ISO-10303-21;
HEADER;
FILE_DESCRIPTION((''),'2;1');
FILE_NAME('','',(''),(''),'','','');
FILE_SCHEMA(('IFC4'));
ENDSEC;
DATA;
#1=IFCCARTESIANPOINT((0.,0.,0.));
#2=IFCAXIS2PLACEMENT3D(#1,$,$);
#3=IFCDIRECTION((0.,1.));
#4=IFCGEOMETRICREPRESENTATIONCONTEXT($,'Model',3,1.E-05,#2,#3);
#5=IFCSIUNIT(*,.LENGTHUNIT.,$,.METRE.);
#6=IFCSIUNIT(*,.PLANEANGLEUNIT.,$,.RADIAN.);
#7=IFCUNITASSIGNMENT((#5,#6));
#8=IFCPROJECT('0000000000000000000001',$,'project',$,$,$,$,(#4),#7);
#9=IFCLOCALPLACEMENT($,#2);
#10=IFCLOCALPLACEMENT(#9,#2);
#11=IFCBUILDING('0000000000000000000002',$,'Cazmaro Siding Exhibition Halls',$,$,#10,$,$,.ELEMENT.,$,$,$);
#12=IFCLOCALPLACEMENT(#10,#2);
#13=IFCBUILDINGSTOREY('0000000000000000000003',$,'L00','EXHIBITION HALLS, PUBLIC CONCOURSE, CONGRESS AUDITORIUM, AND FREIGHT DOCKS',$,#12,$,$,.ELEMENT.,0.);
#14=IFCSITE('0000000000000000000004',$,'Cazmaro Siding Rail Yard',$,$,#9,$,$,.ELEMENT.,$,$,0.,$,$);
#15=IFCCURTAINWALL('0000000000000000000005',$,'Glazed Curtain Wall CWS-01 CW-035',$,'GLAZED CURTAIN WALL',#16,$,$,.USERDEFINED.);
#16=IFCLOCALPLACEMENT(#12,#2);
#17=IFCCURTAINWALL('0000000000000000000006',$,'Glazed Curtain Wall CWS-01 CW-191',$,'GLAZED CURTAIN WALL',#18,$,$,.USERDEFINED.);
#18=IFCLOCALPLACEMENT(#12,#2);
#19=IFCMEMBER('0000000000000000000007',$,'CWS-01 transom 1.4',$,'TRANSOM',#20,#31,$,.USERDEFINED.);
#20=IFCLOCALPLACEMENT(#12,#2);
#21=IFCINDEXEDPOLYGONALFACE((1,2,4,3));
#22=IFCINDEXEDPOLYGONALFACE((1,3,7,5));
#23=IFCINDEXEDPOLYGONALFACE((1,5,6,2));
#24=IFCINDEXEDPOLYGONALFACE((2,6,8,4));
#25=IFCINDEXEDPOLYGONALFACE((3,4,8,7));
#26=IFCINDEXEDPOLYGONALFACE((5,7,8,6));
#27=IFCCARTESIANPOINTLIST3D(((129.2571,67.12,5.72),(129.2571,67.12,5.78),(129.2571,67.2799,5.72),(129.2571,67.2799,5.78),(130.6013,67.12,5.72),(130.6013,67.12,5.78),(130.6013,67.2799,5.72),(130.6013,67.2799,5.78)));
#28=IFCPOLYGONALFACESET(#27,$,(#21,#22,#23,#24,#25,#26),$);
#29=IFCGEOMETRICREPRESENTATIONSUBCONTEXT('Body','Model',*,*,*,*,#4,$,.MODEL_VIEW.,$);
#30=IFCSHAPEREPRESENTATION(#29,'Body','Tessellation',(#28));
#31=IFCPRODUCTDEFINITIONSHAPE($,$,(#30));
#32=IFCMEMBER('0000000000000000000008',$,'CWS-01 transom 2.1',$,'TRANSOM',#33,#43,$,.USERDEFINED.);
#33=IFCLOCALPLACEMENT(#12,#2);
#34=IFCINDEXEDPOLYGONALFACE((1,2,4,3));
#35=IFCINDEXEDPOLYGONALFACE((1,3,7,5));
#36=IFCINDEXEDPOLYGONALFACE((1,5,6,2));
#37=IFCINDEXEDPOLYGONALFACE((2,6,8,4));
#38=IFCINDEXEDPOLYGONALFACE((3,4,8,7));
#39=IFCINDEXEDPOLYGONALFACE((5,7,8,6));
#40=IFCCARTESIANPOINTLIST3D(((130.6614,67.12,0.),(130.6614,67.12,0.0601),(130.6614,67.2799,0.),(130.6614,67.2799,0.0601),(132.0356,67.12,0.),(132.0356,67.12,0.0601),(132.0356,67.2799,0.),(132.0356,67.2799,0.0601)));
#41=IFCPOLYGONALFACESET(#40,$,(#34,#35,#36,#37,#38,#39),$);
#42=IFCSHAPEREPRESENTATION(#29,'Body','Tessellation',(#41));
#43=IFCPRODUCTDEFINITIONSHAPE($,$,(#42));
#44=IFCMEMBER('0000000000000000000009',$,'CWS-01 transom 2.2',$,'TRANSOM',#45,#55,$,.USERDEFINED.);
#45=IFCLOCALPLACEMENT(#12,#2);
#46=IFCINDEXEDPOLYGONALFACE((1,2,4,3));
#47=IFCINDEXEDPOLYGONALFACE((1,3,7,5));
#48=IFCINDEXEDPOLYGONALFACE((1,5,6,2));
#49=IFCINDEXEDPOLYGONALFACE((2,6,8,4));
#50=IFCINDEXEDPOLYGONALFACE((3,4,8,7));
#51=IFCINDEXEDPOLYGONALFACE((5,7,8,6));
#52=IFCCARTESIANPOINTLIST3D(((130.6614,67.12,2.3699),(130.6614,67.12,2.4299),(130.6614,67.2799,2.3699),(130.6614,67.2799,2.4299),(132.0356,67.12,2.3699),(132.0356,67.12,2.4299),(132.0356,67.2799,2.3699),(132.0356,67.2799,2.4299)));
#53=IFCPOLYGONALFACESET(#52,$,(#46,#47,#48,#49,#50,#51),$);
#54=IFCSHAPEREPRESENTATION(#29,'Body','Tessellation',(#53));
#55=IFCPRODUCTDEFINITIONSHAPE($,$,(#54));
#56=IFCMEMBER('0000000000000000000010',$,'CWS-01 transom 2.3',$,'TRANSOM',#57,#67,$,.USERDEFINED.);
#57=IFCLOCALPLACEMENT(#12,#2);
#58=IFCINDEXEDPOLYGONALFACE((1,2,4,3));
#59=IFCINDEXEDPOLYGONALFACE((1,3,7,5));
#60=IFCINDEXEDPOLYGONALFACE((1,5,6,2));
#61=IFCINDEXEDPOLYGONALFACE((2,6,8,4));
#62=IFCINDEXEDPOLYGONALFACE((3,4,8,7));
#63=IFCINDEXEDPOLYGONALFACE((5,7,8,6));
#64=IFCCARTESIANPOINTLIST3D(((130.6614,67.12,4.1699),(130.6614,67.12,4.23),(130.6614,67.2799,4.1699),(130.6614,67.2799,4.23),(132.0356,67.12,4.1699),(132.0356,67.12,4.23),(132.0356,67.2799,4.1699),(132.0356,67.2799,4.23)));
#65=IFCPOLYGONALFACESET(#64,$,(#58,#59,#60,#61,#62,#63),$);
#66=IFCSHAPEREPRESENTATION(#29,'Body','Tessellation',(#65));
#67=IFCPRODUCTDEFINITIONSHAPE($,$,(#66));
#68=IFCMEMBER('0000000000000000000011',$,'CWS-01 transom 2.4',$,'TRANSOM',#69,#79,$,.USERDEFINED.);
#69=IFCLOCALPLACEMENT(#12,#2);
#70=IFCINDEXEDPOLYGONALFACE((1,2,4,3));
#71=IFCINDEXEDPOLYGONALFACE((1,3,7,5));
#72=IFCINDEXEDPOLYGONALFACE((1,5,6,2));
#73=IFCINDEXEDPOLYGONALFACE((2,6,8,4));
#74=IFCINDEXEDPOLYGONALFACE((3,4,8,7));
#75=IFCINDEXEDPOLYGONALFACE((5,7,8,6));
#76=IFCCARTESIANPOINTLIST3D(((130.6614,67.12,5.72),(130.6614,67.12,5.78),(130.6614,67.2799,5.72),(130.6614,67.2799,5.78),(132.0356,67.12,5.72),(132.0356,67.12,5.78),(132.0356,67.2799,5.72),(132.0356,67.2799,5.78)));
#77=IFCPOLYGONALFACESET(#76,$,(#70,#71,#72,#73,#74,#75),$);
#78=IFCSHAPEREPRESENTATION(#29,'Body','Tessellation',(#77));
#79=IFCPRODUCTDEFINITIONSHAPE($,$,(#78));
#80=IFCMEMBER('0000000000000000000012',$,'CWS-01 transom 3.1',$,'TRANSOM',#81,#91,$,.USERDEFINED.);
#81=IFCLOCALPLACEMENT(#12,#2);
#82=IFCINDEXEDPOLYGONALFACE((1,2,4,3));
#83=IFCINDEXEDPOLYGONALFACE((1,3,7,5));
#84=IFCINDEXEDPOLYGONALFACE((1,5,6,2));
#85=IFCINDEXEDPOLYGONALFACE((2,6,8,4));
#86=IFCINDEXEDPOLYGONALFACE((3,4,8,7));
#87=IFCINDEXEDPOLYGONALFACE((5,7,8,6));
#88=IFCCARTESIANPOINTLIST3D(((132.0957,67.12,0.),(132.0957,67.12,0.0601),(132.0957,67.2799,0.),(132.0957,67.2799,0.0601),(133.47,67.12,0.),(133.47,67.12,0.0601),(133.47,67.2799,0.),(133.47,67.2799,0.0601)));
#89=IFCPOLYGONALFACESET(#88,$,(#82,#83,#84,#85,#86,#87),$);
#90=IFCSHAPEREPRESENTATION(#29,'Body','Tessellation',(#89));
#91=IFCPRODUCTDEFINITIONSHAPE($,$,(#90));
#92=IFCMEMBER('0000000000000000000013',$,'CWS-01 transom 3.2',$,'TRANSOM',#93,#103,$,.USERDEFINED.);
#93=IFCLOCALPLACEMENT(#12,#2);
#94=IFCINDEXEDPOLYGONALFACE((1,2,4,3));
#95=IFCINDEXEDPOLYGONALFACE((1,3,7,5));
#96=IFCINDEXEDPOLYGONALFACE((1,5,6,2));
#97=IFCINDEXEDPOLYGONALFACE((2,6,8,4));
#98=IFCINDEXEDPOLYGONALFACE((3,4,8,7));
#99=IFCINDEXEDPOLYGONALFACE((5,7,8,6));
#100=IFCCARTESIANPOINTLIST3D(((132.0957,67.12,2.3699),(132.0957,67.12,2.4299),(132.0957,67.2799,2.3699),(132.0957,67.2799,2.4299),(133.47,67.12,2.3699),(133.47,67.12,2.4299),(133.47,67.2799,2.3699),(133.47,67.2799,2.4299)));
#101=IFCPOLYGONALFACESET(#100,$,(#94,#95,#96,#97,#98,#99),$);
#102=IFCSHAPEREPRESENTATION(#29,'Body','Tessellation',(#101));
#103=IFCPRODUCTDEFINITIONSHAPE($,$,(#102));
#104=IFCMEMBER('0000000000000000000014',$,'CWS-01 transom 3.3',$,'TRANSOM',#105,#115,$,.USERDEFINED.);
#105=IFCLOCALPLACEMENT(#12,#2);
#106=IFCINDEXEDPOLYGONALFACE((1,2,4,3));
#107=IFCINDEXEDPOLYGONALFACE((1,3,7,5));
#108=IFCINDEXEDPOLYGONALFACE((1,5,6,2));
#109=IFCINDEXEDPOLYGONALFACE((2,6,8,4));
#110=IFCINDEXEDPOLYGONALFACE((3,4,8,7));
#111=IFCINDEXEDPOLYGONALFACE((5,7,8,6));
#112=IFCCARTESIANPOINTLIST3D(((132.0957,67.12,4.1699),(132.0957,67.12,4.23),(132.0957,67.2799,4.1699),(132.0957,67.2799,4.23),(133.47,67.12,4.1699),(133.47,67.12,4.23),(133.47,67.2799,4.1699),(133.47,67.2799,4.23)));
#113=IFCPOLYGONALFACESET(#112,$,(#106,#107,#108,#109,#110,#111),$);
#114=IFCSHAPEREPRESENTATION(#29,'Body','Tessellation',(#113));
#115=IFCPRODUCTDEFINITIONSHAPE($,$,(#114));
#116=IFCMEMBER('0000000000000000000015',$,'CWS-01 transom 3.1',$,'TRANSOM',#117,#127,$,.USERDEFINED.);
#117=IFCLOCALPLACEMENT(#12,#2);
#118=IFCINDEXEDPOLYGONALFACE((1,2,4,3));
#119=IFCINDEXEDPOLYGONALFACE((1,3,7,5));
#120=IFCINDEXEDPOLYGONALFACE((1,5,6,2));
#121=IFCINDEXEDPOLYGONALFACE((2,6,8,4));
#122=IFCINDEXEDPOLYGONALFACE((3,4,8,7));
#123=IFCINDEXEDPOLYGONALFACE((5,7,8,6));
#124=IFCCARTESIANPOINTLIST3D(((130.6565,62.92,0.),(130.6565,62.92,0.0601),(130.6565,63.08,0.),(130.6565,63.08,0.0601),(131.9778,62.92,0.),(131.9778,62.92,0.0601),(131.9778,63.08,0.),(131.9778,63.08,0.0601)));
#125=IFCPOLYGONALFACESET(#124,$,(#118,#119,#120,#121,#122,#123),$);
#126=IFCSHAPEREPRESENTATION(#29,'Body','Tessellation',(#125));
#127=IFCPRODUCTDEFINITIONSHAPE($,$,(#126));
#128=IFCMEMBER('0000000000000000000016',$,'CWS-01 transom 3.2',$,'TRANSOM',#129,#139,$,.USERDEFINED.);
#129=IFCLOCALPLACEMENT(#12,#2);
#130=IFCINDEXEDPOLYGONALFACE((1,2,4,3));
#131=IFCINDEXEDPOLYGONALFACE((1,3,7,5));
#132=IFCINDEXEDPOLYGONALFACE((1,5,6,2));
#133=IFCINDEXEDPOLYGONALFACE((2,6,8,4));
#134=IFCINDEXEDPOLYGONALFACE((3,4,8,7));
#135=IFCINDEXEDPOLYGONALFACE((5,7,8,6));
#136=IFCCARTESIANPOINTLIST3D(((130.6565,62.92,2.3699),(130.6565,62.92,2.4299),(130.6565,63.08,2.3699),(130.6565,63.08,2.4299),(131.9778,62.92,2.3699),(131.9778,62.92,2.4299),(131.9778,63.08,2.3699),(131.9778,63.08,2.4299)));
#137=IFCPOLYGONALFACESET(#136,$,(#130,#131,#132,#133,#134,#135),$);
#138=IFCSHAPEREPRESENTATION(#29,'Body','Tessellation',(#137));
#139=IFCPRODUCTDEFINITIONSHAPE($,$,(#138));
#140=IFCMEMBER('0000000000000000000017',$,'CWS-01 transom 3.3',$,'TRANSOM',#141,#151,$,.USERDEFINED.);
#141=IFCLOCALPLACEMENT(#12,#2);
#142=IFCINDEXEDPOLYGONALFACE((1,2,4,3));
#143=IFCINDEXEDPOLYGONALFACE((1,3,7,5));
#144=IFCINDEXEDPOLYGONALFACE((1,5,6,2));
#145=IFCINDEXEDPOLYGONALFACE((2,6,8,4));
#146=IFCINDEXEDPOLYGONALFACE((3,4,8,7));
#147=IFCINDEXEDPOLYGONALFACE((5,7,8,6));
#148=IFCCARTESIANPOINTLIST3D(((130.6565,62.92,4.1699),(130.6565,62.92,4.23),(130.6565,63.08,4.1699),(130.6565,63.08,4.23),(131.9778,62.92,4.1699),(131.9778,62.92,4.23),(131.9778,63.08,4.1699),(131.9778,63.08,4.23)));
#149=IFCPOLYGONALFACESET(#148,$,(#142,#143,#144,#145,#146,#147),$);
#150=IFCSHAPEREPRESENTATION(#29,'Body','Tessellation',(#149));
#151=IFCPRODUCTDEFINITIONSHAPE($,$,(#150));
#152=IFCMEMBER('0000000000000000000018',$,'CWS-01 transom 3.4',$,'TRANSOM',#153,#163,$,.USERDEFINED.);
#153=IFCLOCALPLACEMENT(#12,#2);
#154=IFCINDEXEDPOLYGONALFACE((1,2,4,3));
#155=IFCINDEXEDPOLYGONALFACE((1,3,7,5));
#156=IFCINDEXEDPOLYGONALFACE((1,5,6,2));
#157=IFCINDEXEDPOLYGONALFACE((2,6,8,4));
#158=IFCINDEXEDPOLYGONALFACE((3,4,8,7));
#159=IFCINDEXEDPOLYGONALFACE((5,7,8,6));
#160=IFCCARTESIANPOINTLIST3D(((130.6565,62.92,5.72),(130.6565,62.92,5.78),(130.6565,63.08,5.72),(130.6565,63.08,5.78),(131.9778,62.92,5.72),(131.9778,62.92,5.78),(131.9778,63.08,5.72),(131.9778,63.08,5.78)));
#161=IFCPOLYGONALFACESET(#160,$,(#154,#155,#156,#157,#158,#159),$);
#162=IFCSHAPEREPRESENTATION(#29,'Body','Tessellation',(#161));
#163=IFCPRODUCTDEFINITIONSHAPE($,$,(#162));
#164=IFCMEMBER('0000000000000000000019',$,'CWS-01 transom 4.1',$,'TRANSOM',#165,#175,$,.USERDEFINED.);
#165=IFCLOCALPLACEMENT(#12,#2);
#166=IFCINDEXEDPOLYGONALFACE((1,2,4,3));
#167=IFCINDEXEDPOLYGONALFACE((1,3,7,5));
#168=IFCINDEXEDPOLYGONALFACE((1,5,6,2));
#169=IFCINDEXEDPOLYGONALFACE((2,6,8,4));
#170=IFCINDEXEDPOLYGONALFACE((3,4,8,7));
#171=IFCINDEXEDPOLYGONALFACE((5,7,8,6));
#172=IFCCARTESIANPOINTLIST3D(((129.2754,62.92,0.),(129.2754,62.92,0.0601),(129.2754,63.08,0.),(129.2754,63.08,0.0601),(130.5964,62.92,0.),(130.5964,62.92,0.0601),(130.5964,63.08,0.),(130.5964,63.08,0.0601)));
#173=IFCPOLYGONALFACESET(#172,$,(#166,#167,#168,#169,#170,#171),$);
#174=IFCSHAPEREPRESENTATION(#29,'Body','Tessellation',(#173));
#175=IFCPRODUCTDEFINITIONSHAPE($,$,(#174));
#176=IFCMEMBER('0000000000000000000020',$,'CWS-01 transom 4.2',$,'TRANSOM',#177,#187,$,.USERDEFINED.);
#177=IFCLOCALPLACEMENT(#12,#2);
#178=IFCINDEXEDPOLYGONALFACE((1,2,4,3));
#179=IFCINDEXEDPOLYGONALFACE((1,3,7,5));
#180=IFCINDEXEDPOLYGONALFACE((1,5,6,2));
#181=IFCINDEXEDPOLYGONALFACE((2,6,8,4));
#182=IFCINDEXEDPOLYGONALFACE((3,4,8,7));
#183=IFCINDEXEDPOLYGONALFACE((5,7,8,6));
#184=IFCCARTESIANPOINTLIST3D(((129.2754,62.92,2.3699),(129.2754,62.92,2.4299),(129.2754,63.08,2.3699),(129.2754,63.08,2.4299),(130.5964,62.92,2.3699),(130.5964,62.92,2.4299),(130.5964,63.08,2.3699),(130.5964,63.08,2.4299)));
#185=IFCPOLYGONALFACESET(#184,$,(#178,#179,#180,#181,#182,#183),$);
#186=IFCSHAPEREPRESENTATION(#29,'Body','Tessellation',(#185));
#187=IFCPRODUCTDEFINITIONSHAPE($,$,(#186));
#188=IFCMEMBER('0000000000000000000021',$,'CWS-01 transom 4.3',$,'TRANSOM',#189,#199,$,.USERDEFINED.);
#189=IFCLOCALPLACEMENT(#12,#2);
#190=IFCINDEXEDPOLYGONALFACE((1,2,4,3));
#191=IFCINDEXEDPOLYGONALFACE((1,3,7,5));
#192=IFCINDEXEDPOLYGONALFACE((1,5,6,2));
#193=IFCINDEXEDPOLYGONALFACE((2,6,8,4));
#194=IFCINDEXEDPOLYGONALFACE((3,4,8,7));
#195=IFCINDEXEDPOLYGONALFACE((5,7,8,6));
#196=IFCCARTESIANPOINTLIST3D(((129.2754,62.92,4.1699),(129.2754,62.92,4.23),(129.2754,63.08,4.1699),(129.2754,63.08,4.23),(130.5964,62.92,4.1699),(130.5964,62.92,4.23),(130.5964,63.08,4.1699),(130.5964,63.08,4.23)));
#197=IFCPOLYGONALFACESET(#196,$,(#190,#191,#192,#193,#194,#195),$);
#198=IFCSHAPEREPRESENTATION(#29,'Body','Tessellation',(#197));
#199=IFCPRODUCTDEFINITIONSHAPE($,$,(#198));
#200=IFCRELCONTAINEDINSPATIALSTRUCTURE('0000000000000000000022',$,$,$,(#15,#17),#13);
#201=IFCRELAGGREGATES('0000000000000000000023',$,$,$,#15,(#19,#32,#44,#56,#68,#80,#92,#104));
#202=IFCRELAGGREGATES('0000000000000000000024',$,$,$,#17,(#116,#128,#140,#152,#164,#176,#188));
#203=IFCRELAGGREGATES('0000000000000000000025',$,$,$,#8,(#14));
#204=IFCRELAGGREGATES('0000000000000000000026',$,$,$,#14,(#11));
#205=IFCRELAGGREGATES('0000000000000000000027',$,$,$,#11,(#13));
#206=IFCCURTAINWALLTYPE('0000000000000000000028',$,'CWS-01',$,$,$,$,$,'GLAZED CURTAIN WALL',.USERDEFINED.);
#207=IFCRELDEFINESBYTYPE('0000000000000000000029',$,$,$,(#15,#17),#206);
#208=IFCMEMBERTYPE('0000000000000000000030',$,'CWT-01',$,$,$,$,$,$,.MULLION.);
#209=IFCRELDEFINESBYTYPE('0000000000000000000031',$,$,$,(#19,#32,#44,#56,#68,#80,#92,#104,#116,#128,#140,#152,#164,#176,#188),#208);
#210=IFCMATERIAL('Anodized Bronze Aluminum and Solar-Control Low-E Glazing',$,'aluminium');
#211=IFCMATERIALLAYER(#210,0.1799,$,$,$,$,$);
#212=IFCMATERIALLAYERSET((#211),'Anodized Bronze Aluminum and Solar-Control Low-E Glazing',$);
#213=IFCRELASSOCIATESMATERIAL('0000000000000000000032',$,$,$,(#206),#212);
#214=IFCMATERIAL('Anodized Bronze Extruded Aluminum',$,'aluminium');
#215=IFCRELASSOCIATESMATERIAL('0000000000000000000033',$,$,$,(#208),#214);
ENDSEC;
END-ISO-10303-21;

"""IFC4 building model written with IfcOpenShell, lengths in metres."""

from ifc_helpers import new_model, si_unit, direction, frame, origin, origin_2d, place, context, subcontext, project, spatial, rectangle, extrude, material, layer, layer_set, material_profile, profile_set, type_object, element, aggregate, save


model = new_model("IFC4")

# Units and contexts
model_context = context("Model", 3, precision=1e-05, world=origin(), true_north=direction((0.0, 1.0)))
body_context = subcontext(model_context, "Body", "Model", "MODEL_VIEW")
ifc_project = project(units=[si_unit("LENGTHUNIT", "METRE"), si_unit("PLANEANGLEUNIT", "RADIAN")], contexts=[model_context])

# Site, building, storey
site_placement = place(None, origin())
site = spatial("IfcSite", under=ifc_project, at=site_placement, Name="Cazmaro Siding Rail Yard", CompositionType="ELEMENT", RefElevation=0.0)
building_placement = place(site_placement, origin())
building = spatial("IfcBuilding", under=site, at=building_placement, Name="Cazmaro Siding Exhibition Halls", CompositionType="ELEMENT")
storey_placement = place(building_placement, origin())
storey = spatial("IfcBuildingStorey", under=building, at=storey_placement, Name="L00", Description="EXHIBITION HALLS, PUBLIC CONCOURSE, CONGRESS AUDITORIUM, AND FREIGHT DOCKS", CompositionType="ELEMENT", Elevation=0.0)

# Curtain walls
ifc_material_1 = material(Name="Anodized Bronze Aluminum and Solar-Control Low-E Glazing", Category="aluminium")
ifc_layer_1 = layer(ifc_material_1, 0.1799)
ifc_layer_set_1 = layer_set([ifc_layer_1], Name="Anodized Bronze Aluminum and Solar-Control Low-E Glazing")
curtain_wall_type = type_object("IfcCurtainWallType", Name="CWS-01", ElementType="GLAZED CURTAIN WALL", PredefinedType="USERDEFINED", material=ifc_layer_set_1)
curtain_wall_1_placement = place(storey_placement, origin())
curtain_wall_1 = element("IfcCurtainWall", 1, at=curtain_wall_1_placement, inside=storey, type_object=curtain_wall_type, Name="Glazed Curtain Wall CWS-01 CW-035", ObjectType="GLAZED CURTAIN WALL", PredefinedType="USERDEFINED")
curtain_wall_2_placement = place(storey_placement, origin())
curtain_wall_2 = element("IfcCurtainWall", 2, at=curtain_wall_2_placement, inside=storey, type_object=curtain_wall_type, Name="Glazed Curtain Wall CWS-01 CW-191", ObjectType="GLAZED CURTAIN WALL", PredefinedType="USERDEFINED")

# Members
ifc_material_2 = material(Name="Anodized Bronze Extruded Aluminum", Category="aluminium")
ifc_material_profile_1 = material_profile(ifc_material_2, rectangle(XDim=0.1599, YDim=0.0601, at=origin_2d()), Name="CWT-01")
ifc_profile_set_1 = profile_set([ifc_material_profile_1], Name="Anodized Bronze Extruded Aluminum")
member_type_1 = type_object("IfcMemberType", Name="CWT-01", PredefinedType="MULLION", material=ifc_profile_set_1)
member_1_placement = place(storey_placement, frame((129.2571, 67.2, 5.75), z_axis=(1.0, 0.0, 0.0), x_axis=(0.0, 1.0, 0.0)))
member_1 = element("IfcMember", 3, at=member_1_placement, type_object=member_type_1, Name="CWS-01 transom 1.4", ObjectType="TRANSOM", PredefinedType="USERDEFINED", context=body_context, shape_type="SweptSolid", body=[
    extrude(rectangle(XDim=0.1599, YDim=0.0601, at=origin_2d()), origin(), (0.0, 0.0, 1.0), 1.3442),
])
member_2_placement = place(storey_placement, frame((130.6614, 67.2, 0.03), z_axis=(1.0, 0.0, 0.0), x_axis=(0.0, 1.0, 0.0)))
member_2 = element("IfcMember", 4, at=member_2_placement, type_object=member_type_1, Name="CWS-01 transom 2.1", ObjectType="TRANSOM", PredefinedType="USERDEFINED", context=body_context, shape_type="SweptSolid", body=[
    extrude(rectangle(XDim=0.1599, YDim=0.0601, at=origin_2d()), origin(), (0.0, 0.0, 1.0), 1.3743),
])
member_3_placement = place(storey_placement, frame((130.6614, 67.2, 2.3999), z_axis=(1.0, 0.0, 0.0), x_axis=(0.0, 1.0, 0.0)))
member_3 = element("IfcMember", 5, at=member_3_placement, type_object=member_type_1, Name="CWS-01 transom 2.2", ObjectType="TRANSOM", PredefinedType="USERDEFINED", context=body_context, shape_type="SweptSolid", body=[
    extrude(rectangle(XDim=0.1599, YDim=0.0601, at=origin_2d()), origin(), (0.0, 0.0, 1.0), 1.3743),
])
member_4_placement = place(storey_placement, frame((130.6614, 67.2, 4.2), z_axis=(1.0, 0.0, 0.0), x_axis=(0.0, 1.0, 0.0)))
member_4 = element("IfcMember", 6, at=member_4_placement, type_object=member_type_1, Name="CWS-01 transom 2.3", ObjectType="TRANSOM", PredefinedType="USERDEFINED", context=body_context, shape_type="SweptSolid", body=[
    extrude(rectangle(XDim=0.1599, YDim=0.0601, at=origin_2d()), origin(), (0.0, 0.0, 1.0), 1.3743),
])
member_5_placement = place(storey_placement, frame((130.6614, 67.2, 5.75), z_axis=(1.0, 0.0, 0.0), x_axis=(0.0, 1.0, 0.0)))
member_5 = element("IfcMember", 7, at=member_5_placement, type_object=member_type_1, Name="CWS-01 transom 2.4", ObjectType="TRANSOM", PredefinedType="USERDEFINED", context=body_context, shape_type="SweptSolid", body=[
    extrude(rectangle(XDim=0.1599, YDim=0.0601, at=origin_2d()), origin(), (0.0, 0.0, 1.0), 1.3743),
])
member_6_placement = place(storey_placement, frame((132.0957, 67.2, 0.03), z_axis=(1.0, 0.0, 0.0), x_axis=(0.0, 1.0, 0.0)))
member_6 = element("IfcMember", 8, at=member_6_placement, type_object=member_type_1, Name="CWS-01 transom 3.1", ObjectType="TRANSOM", PredefinedType="USERDEFINED", context=body_context, shape_type="SweptSolid", body=[
    extrude(rectangle(XDim=0.1599, YDim=0.0601, at=origin_2d()), origin(), (0.0, 0.0, 1.0), 1.3743),
])
member_7_placement = place(storey_placement, frame((132.0957, 67.2, 2.3999), z_axis=(1.0, 0.0, 0.0), x_axis=(0.0, 1.0, 0.0)))
member_7 = element("IfcMember", 9, at=member_7_placement, type_object=member_type_1, Name="CWS-01 transom 3.2", ObjectType="TRANSOM", PredefinedType="USERDEFINED", context=body_context, shape_type="SweptSolid", body=[
    extrude(rectangle(XDim=0.1599, YDim=0.0601, at=origin_2d()), origin(), (0.0, 0.0, 1.0), 1.3743),
])
member_8_placement = place(storey_placement, frame((132.0957, 67.2, 4.2), z_axis=(1.0, 0.0, 0.0), x_axis=(0.0, 1.0, 0.0)))
member_8 = element("IfcMember", 10, at=member_8_placement, type_object=member_type_1, Name="CWS-01 transom 3.3", ObjectType="TRANSOM", PredefinedType="USERDEFINED", context=body_context, shape_type="SweptSolid", body=[
    extrude(rectangle(XDim=0.1599, YDim=0.0601, at=origin_2d()), origin(), (0.0, 0.0, 1.0), 1.3743),
])
member_9_placement = place(storey_placement, frame((131.9778, 63.0, 0.03), z_axis=(-1.0, 0.0, 0.0), x_axis=(0.0, -1.0, 0.0)))
member_9 = element("IfcMember", 11, at=member_9_placement, type_object=member_type_1, Name="CWS-01 transom 3.1", ObjectType="TRANSOM", PredefinedType="USERDEFINED", context=body_context, shape_type="SweptSolid", body=[
    extrude(rectangle(XDim=0.1599, YDim=0.0601, at=origin_2d()), origin(), (0.0, 0.0, 1.0), 1.3213),
])
member_10_placement = place(storey_placement, frame((131.9778, 63.0, 2.3999), z_axis=(-1.0, 0.0, 0.0), x_axis=(0.0, -1.0, 0.0)))
member_10 = element("IfcMember", 12, at=member_10_placement, type_object=member_type_1, Name="CWS-01 transom 3.2", ObjectType="TRANSOM", PredefinedType="USERDEFINED", context=body_context, shape_type="SweptSolid", body=[
    extrude(rectangle(XDim=0.1599, YDim=0.0601, at=origin_2d()), origin(), (0.0, 0.0, 1.0), 1.3213),
])
member_11_placement = place(storey_placement, frame((131.9778, 63.0, 4.2), z_axis=(-1.0, 0.0, 0.0), x_axis=(0.0, -1.0, 0.0)))
member_11 = element("IfcMember", 13, at=member_11_placement, type_object=member_type_1, Name="CWS-01 transom 3.3", ObjectType="TRANSOM", PredefinedType="USERDEFINED", context=body_context, shape_type="SweptSolid", body=[
    extrude(rectangle(XDim=0.1599, YDim=0.0601, at=origin_2d()), origin(), (0.0, 0.0, 1.0), 1.3213),
])
member_12_placement = place(storey_placement, frame((131.9778, 63.0, 5.75), z_axis=(-1.0, 0.0, 0.0), x_axis=(0.0, -1.0, 0.0)))
member_12 = element("IfcMember", 14, at=member_12_placement, type_object=member_type_1, Name="CWS-01 transom 3.4", ObjectType="TRANSOM", PredefinedType="USERDEFINED", context=body_context, shape_type="SweptSolid", body=[
    extrude(rectangle(XDim=0.1599, YDim=0.0601, at=origin_2d()), origin(), (0.0, 0.0, 1.0), 1.3213),
])
member_13_placement = place(storey_placement, frame((130.5964, 63.0, 0.03), z_axis=(-1.0, 0.0, 0.0), x_axis=(0.0, -1.0, 0.0)))
member_13 = element("IfcMember", 15, at=member_13_placement, type_object=member_type_1, Name="CWS-01 transom 4.1", ObjectType="TRANSOM", PredefinedType="USERDEFINED", context=body_context, shape_type="SweptSolid", body=[
    extrude(rectangle(XDim=0.1599, YDim=0.0601, at=origin_2d()), origin(), (0.0, 0.0, 1.0), 1.321),
])
member_14_placement = place(storey_placement, frame((130.5964, 63.0, 2.3999), z_axis=(-1.0, 0.0, 0.0), x_axis=(0.0, -1.0, 0.0)))
member_14 = element("IfcMember", 16, at=member_14_placement, type_object=member_type_1, Name="CWS-01 transom 4.2", ObjectType="TRANSOM", PredefinedType="USERDEFINED", context=body_context, shape_type="SweptSolid", body=[
    extrude(rectangle(XDim=0.1599, YDim=0.0601, at=origin_2d()), origin(), (0.0, 0.0, 1.0), 1.321),
])
member_15_placement = place(storey_placement, frame((130.5964, 63.0, 4.2), z_axis=(-1.0, 0.0, 0.0), x_axis=(0.0, -1.0, 0.0)))
member_15 = element("IfcMember", 17, at=member_15_placement, type_object=member_type_1, Name="CWS-01 transom 4.3", ObjectType="TRANSOM", PredefinedType="USERDEFINED", context=body_context, shape_type="SweptSolid", body=[
    extrude(rectangle(XDim=0.1599, YDim=0.0601, at=origin_2d()), origin(), (0.0, 0.0, 1.0), 1.321),
])

aggregate(curtain_wall_1, [member_1, member_2, member_3, member_4, member_5, member_6, member_7, member_8])
aggregate(curtain_wall_2, [member_9, member_10, member_11, member_12, member_13, member_14, member_15])

save(model, "model.ifc")
